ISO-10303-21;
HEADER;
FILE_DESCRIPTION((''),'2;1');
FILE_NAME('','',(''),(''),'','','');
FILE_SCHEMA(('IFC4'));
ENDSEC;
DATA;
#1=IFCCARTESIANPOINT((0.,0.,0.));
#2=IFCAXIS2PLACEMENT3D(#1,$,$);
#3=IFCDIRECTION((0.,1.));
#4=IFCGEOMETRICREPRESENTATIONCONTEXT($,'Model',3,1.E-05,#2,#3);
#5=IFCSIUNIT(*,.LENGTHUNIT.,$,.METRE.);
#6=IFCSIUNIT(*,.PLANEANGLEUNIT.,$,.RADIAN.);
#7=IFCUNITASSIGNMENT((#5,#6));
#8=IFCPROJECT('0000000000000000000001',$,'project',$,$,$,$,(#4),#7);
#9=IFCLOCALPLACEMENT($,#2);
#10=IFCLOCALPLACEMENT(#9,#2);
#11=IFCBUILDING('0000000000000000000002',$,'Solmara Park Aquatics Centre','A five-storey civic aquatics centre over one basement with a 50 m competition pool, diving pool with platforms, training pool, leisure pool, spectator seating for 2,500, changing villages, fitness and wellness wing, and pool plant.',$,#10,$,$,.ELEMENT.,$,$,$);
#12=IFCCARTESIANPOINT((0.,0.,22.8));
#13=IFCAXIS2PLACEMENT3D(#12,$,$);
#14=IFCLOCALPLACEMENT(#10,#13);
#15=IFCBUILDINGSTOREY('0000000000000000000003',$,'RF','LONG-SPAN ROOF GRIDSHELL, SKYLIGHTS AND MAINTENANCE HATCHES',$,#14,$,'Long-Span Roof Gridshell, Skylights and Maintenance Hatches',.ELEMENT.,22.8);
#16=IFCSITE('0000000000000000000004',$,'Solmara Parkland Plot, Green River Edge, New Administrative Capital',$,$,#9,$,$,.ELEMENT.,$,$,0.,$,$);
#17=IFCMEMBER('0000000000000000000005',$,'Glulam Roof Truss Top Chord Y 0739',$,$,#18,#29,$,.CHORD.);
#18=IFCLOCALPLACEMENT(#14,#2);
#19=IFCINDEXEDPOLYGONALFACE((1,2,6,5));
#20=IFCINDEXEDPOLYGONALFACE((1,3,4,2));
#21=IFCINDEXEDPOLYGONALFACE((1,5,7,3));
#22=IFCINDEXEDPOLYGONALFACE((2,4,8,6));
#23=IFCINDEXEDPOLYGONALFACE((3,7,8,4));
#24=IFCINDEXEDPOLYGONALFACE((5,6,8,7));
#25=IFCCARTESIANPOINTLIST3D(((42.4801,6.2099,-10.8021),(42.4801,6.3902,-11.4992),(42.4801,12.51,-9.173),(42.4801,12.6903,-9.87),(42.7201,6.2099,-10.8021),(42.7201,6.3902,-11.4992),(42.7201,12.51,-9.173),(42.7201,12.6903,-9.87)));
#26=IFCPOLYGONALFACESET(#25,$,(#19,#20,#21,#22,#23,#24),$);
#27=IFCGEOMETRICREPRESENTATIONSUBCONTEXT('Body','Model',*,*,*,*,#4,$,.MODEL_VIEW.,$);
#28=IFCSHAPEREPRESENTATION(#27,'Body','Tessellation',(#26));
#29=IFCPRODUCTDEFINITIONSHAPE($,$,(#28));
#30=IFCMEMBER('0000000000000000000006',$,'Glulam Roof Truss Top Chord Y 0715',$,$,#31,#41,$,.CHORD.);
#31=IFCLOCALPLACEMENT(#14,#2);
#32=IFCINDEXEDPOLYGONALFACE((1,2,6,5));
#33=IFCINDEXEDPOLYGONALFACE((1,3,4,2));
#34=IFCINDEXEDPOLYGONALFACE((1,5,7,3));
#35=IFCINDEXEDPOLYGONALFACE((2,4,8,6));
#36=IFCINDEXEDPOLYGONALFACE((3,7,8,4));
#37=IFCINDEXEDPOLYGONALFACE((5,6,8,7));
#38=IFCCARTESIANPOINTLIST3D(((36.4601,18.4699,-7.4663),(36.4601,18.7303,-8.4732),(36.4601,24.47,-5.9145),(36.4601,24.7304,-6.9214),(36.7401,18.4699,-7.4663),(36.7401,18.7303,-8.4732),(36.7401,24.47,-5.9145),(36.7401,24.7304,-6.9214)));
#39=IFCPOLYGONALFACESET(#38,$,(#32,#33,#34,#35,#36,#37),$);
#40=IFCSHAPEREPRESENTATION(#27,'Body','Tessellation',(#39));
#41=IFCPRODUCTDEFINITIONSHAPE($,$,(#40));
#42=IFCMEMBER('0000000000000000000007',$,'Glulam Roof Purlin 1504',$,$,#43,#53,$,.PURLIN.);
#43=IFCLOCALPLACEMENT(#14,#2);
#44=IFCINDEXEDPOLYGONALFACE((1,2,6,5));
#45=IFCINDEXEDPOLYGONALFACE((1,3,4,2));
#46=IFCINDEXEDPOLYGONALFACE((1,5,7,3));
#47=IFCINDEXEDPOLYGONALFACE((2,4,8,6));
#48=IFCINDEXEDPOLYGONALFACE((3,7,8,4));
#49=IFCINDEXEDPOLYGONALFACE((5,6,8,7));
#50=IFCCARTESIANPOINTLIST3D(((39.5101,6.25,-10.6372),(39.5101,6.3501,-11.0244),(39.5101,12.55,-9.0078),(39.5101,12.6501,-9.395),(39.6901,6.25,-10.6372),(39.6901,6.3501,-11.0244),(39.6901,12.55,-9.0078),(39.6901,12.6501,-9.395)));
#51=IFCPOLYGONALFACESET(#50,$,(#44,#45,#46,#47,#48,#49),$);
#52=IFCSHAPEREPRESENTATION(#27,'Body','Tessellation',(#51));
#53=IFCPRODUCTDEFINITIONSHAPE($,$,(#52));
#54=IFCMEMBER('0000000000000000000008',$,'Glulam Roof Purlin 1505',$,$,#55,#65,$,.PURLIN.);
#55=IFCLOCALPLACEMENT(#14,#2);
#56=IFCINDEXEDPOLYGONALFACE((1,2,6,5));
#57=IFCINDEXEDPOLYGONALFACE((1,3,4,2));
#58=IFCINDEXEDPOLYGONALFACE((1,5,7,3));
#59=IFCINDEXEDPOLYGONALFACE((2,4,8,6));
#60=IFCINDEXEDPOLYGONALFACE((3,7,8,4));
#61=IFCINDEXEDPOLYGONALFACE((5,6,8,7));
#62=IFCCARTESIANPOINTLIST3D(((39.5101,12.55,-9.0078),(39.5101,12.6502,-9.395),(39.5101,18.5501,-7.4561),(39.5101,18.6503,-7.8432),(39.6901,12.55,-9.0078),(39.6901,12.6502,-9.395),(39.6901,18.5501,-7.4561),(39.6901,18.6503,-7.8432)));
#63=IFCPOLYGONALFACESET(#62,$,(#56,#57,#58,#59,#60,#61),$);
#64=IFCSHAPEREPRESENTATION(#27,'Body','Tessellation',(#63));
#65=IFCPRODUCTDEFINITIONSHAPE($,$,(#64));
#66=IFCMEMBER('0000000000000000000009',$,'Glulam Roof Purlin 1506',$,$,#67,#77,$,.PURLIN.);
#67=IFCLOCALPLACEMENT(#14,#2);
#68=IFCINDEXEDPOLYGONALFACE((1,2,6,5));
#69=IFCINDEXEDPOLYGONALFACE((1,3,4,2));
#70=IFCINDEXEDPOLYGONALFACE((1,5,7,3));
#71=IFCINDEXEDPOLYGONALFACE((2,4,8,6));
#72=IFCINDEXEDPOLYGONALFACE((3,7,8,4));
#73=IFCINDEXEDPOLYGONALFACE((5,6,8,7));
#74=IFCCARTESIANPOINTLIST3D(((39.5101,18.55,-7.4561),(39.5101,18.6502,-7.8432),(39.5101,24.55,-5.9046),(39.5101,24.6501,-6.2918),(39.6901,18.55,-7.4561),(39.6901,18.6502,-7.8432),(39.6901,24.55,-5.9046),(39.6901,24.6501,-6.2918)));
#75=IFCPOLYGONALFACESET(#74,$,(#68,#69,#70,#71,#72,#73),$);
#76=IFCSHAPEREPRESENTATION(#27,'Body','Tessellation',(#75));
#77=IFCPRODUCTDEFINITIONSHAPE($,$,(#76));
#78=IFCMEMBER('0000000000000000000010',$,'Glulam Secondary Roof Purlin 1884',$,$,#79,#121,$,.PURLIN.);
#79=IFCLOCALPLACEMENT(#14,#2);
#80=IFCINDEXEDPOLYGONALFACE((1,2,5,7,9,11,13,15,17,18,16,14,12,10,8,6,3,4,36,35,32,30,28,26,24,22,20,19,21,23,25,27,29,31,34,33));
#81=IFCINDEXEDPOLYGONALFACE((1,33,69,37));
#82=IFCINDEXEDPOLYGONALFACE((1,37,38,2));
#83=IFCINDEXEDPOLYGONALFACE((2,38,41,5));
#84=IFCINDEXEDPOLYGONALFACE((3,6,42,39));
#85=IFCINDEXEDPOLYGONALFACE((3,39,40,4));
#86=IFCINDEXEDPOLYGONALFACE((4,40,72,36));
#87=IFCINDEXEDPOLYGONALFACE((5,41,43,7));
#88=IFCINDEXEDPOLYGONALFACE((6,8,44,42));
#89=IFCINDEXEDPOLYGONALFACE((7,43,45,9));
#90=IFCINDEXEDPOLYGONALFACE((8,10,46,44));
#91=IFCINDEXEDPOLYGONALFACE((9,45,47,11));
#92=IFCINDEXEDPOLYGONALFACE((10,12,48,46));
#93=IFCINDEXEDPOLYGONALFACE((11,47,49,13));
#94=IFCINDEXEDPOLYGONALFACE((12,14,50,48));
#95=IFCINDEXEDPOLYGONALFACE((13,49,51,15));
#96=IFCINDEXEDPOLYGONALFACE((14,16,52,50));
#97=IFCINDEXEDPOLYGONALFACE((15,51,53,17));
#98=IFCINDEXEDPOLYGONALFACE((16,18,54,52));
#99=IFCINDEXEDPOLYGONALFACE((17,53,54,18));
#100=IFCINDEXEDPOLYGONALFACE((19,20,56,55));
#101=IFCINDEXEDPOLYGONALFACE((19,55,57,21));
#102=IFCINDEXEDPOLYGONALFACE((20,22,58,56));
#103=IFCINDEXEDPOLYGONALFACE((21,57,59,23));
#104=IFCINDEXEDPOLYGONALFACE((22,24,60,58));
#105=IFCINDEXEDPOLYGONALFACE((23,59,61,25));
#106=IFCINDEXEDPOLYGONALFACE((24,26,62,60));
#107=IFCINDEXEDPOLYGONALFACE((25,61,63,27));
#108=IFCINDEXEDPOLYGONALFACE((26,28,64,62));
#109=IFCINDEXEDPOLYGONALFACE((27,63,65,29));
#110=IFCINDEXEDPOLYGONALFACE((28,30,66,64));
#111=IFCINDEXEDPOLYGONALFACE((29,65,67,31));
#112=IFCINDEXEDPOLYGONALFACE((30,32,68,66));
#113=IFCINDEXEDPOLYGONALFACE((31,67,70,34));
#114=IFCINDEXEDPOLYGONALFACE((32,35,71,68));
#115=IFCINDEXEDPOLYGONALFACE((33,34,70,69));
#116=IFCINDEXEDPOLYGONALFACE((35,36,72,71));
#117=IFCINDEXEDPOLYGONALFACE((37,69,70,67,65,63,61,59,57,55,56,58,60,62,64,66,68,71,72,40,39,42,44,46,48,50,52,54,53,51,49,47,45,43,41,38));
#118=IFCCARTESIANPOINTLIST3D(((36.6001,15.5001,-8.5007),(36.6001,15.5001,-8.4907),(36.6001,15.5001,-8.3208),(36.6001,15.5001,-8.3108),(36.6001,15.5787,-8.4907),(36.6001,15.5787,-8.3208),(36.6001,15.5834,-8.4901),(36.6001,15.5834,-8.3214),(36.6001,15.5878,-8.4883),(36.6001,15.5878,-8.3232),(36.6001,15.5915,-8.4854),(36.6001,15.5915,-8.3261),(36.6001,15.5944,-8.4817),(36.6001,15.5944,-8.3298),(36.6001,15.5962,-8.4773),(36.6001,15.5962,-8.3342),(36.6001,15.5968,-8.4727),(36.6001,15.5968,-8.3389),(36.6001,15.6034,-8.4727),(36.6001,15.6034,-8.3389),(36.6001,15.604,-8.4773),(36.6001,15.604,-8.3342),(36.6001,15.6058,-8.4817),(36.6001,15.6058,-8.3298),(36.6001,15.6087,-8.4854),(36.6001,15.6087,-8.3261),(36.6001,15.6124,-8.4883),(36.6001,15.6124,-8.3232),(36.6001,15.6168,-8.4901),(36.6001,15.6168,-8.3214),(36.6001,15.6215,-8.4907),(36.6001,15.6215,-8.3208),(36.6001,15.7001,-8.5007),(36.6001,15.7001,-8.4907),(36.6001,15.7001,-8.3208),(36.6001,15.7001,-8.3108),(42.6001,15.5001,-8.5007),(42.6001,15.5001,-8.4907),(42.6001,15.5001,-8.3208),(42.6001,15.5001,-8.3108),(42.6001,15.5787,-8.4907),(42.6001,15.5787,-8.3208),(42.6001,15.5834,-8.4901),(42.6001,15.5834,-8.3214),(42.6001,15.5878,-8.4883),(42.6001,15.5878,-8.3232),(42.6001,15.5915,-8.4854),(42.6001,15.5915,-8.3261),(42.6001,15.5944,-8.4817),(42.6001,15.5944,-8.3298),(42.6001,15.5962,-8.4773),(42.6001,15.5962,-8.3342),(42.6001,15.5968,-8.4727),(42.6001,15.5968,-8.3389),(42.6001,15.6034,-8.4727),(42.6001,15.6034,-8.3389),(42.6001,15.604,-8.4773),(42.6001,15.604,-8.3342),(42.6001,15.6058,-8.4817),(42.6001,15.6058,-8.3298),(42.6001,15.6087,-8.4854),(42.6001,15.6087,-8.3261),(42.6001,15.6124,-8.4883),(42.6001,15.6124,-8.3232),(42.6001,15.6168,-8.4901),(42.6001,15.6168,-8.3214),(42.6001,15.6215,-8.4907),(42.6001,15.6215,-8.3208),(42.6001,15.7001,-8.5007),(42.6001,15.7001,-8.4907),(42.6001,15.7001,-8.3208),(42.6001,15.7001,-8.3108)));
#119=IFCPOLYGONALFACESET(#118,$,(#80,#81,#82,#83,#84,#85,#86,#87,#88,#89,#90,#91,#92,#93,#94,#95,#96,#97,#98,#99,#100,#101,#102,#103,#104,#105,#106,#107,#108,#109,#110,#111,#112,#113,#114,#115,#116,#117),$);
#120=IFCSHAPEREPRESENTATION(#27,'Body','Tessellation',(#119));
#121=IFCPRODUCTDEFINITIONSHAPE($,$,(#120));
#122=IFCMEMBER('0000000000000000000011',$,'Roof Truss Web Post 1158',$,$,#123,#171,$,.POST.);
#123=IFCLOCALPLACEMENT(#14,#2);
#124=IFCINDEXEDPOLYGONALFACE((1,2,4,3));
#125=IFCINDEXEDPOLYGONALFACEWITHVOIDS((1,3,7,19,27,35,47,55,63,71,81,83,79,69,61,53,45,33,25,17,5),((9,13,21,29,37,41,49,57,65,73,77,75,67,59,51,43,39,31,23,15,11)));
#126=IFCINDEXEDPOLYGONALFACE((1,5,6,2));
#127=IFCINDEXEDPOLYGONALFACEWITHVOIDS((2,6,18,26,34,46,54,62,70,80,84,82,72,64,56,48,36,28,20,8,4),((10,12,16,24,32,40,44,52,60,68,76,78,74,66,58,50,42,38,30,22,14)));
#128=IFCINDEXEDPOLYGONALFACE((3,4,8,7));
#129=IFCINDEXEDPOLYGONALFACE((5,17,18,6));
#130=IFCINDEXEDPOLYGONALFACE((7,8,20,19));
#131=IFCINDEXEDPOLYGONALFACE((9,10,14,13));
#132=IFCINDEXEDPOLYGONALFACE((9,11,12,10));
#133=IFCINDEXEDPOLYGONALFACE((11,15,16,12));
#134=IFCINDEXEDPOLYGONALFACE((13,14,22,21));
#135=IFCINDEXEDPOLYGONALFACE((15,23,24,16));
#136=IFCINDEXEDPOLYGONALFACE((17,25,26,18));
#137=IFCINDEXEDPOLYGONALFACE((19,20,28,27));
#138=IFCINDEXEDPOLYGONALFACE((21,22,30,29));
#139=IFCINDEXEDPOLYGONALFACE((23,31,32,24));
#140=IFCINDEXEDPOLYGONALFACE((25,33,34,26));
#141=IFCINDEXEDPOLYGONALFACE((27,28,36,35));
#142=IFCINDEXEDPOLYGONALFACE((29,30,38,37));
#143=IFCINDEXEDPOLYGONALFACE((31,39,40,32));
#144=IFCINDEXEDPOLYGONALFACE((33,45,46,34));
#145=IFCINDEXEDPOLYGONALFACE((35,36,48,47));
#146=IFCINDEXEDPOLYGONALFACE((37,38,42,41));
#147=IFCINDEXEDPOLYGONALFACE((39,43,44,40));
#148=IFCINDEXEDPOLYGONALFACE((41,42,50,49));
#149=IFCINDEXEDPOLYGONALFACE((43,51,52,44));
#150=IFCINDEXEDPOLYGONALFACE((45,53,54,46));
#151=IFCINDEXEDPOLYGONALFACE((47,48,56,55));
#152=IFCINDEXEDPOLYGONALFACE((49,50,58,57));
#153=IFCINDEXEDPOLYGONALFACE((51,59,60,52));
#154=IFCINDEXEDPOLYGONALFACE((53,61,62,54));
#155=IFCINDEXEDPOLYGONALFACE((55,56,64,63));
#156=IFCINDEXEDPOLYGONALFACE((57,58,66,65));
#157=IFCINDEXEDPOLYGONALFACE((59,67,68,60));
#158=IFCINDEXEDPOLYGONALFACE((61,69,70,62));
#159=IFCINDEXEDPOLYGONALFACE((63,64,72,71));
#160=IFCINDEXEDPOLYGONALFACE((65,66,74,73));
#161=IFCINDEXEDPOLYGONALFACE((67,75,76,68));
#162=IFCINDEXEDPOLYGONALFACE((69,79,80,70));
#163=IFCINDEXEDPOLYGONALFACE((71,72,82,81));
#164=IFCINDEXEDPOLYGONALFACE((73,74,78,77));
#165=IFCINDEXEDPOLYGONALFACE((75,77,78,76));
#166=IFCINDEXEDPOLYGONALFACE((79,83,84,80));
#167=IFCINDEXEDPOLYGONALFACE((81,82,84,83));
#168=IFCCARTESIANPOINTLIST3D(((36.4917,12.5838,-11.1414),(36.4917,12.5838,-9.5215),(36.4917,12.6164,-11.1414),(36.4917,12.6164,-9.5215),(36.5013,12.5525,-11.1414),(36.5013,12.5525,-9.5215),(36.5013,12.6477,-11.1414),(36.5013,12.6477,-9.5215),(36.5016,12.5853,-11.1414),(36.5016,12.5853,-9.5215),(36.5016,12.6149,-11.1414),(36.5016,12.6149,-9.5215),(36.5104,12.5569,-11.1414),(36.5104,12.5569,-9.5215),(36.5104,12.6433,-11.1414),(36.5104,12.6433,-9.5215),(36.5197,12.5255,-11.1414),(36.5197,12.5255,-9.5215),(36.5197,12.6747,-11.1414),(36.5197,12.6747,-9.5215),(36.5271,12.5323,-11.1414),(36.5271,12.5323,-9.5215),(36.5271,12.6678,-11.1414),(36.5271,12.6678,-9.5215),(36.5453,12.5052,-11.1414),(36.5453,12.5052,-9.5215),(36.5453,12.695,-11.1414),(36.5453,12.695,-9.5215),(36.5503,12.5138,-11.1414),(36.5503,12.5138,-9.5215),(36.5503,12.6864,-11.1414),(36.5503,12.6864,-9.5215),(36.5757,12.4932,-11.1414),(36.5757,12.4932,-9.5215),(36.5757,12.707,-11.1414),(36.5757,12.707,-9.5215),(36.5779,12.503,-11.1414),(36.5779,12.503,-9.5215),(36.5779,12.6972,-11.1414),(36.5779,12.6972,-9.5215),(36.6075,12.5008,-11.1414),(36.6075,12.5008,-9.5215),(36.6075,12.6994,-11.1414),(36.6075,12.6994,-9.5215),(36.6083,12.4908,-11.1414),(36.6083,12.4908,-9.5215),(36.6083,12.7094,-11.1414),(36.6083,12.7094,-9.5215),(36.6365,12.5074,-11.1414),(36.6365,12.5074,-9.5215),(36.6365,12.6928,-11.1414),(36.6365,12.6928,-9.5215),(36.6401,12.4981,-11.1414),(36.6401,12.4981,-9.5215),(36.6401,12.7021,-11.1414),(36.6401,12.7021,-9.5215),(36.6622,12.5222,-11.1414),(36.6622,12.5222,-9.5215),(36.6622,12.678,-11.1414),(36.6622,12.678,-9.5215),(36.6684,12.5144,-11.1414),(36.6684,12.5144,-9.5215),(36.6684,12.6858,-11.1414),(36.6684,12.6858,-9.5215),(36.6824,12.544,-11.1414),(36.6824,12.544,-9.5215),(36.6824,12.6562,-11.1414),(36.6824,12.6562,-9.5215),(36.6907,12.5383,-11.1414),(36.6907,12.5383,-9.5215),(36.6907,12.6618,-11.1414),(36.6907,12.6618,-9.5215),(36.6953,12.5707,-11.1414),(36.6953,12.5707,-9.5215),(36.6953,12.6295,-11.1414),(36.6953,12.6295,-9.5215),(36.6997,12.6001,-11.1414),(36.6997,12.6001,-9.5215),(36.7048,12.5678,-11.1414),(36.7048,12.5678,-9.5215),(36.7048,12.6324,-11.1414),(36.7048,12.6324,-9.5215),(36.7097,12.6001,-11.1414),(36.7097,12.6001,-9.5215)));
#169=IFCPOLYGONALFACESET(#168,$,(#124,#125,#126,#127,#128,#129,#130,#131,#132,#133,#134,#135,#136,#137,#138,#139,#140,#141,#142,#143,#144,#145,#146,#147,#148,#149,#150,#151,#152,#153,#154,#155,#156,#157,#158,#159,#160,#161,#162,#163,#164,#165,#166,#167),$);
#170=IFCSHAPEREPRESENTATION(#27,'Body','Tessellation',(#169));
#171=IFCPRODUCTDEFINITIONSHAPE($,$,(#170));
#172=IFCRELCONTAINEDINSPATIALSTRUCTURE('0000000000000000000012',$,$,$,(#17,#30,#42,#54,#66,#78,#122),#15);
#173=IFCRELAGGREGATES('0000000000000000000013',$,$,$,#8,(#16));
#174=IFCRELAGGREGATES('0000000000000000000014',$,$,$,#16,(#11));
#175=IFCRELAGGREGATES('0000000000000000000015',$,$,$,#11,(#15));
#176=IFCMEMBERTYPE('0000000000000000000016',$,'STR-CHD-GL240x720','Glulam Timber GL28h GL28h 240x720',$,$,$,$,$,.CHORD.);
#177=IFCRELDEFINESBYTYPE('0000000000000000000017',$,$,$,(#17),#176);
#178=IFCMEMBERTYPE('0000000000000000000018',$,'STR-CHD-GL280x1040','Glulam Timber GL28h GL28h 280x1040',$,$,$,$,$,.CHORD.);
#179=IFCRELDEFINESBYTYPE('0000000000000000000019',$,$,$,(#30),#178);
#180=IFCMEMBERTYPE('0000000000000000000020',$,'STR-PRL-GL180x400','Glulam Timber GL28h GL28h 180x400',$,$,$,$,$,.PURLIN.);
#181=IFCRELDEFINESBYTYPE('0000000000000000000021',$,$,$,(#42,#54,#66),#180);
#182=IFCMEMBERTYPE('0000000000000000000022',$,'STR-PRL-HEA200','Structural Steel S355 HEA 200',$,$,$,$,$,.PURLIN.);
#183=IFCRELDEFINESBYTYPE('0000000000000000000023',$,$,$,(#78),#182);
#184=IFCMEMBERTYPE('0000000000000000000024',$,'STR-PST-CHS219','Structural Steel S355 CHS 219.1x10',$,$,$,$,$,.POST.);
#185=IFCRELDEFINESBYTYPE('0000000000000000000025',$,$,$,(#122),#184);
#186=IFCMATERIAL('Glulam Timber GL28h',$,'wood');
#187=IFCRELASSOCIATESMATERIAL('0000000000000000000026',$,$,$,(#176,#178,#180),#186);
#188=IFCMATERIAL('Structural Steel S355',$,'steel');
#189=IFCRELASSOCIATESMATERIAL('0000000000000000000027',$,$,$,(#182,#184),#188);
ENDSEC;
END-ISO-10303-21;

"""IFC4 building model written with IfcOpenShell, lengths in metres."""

from ifc_helpers import new_model, si_unit, direction, frame, origin, origin_2d, place, context, subcontext, project, spatial, rectangle, hollow_circle, i_section, extrude, material, material_profile, profile_set, type_object, element, save


model = new_model("IFC4")

# Units and contexts
model_context = context("Model", 3, precision=1e-05, world=origin(), true_north=direction((0.0, 1.0)))
body_context = subcontext(model_context, "Body", "Model", "MODEL_VIEW")
ifc_project = project(units=[si_unit("LENGTHUNIT", "METRE"), si_unit("PLANEANGLEUNIT", "RADIAN")], contexts=[model_context])

# Site, building, storey
site_placement = place(None, origin())
site = spatial("IfcSite", under=ifc_project, at=site_placement, Name="Solmara Parkland Plot, Green River Edge, New Administrative Capital", CompositionType="ELEMENT", RefElevation=0.0)
building_placement = place(site_placement, origin())
building = spatial("IfcBuilding", under=site, at=building_placement, Name="Solmara Park Aquatics Centre", Description="A five-storey civic aquatics centre over one basement with a 50 m competition pool, diving pool with platforms, training pool, leisure pool, spectator seating for 2,500, changing villages, fitness and wellness wing, and pool plant.", CompositionType="ELEMENT")
storey_placement = place(building_placement, frame((0.0, 0.0, 22.8)))
storey = spatial("IfcBuildingStorey", under=building, at=storey_placement, Name="RF", Description="LONG-SPAN ROOF GRIDSHELL, SKYLIGHTS AND MAINTENANCE HATCHES", LongName="Long-Span Roof Gridshell, Skylights and Maintenance Hatches", CompositionType="ELEMENT", Elevation=22.8)

# Members
ifc_material_1 = material(Name="Structural Steel S355", Category="steel")
ifc_material_2 = material(Name="Glulam Timber GL28h", Category="wood")
ifc_material_profile_1 = material_profile(ifc_material_2, rectangle(XDim=0.24, YDim=0.72, at=origin_2d()), Name="GL28h 240x720")
ifc_profile_set_1 = profile_set([ifc_material_profile_1], Name="Glulam Timber GL28h")
member_type_1 = type_object("IfcMemberType", Name="STR-CHD-GL240x720", Description="Glulam Timber GL28h GL28h 240x720", PredefinedType="CHORD", material=ifc_profile_set_1)
member_1_placement = place(storey_placement, frame((42.6001, 6.3, -11.1506), z_axis=(0.0, 0.968153, 0.250358), x_axis=(-1.0, 0.0, 0.0)))
element("IfcMember", 1, at=member_1_placement, inside=storey, type_object=member_type_1, Name="Glulam Roof Truss Top Chord Y 0739", PredefinedType="CHORD", context=body_context, shape_type="SweptSolid", body=[
    extrude(rectangle(XDim=0.24, YDim=0.72, at=origin_2d()), origin(), (0.0, 0.0, 1.0), 6.5073),
])
ifc_material_profile_2 = material_profile(ifc_material_2, rectangle(XDim=0.28, YDim=1.04, at=origin_2d()), Name="GL28h 280x1040")
ifc_profile_set_2 = profile_set([ifc_material_profile_2], Name="Glulam Timber GL28h")
member_type_2 = type_object("IfcMemberType", Name="STR-CHD-GL280x1040", Description="Glulam Timber GL28h GL28h 280x1040", PredefinedType="CHORD", material=ifc_profile_set_2)
member_2_placement = place(storey_placement, frame((36.6001, 18.6001, -7.9697), z_axis=(0.0, 0.968146, 0.250388), x_axis=(-1.0, 0.0, 0.0)))
element("IfcMember", 2, at=member_2_placement, inside=storey, type_object=member_type_2, Name="Glulam Roof Truss Top Chord Y 0715", PredefinedType="CHORD", context=body_context, shape_type="SweptSolid", body=[
    extrude(rectangle(XDim=0.28, YDim=1.04, at=origin_2d()), origin(), (0.0, 0.0, 1.0), 6.1975),
])
ifc_material_profile_3 = material_profile(ifc_material_2, rectangle(XDim=0.1799, YDim=0.3999, at=origin_2d()), Name="GL28h 180x400")
ifc_profile_set_3 = profile_set([ifc_material_profile_3], Name="Glulam Timber GL28h")
member_type_3 = type_object("IfcMemberType", Name="STR-PRL-GL180x400", Description="Glulam Timber GL28h GL28h 180x400", PredefinedType="PURLIN", material=ifc_profile_set_3)
member_3_placement = place(storey_placement, frame((39.6001, 6.3, -10.8308), z_axis=(0.0, 0.968144, 0.250393), x_axis=(-1.0, 0.0, 0.0)))
element("IfcMember", 3, at=member_3_placement, inside=storey, type_object=member_type_3, Name="Glulam Roof Purlin 1504", PredefinedType="PURLIN", context=body_context, shape_type="SweptSolid", body=[
    extrude(rectangle(XDim=0.1799, YDim=0.3999, at=origin_2d()), origin(), (0.0, 0.0, 1.0), 6.5073),
])
member_4_placement = place(storey_placement, frame((39.6001, 12.6001, -9.2014), z_axis=(0.0, 0.968146, 0.250388), x_axis=(-1.0, 0.0, 0.0)))
element("IfcMember", 4, at=member_4_placement, inside=storey, type_object=member_type_3, Name="Glulam Roof Purlin 1505", PredefinedType="PURLIN", context=body_context, shape_type="SweptSolid", body=[
    extrude(rectangle(XDim=0.1799, YDim=0.3999, at=origin_2d()), origin(), (0.0, 0.0, 1.0), 6.1975),
])
member_5_placement = place(storey_placement, frame((39.6001, 18.6001, -7.6497), z_axis=(0.0, 0.968155, 0.250351), x_axis=(-1.0, 0.0, 0.0)))
element("IfcMember", 5, at=member_5_placement, inside=storey, type_object=member_type_3, Name="Glulam Roof Purlin 1506", PredefinedType="PURLIN", context=body_context, shape_type="SweptSolid", body=[
    extrude(rectangle(XDim=0.1799, YDim=0.3999, at=origin_2d()), origin(), (0.0, 0.0, 1.0), 6.1973),
])
ifc_material_profile_4 = material_profile(ifc_material_1, i_section(OverallWidth=0.2, OverallDepth=0.1899, WebThickness=0.0066, FlangeThickness=0.01, FilletRadius=0.0181, at=origin_2d()), Name="HEA 200")
ifc_profile_set_4 = profile_set([ifc_material_profile_4], Name="Structural Steel S355")
member_type_4 = type_object("IfcMemberType", Name="STR-PRL-HEA200", Description="Structural Steel S355 HEA 200", PredefinedType="PURLIN", material=ifc_profile_set_4)
member_6_placement = place(storey_placement, frame((36.6001, 15.6001, -8.4058), z_axis=(1.0, 0.0, 0.0), x_axis=(0.0, 1.0, 0.0)))
element("IfcMember", 6, at=member_6_placement, inside=storey, type_object=member_type_4, Name="Glulam Secondary Roof Purlin 1884", PredefinedType="PURLIN", context=body_context, shape_type="SweptSolid", body=[
    extrude(i_section(OverallWidth=0.2, OverallDepth=0.1899, WebThickness=0.0066, FlangeThickness=0.01, FilletRadius=0.0181, at=origin_2d()), origin(), (0.0, 0.0, 1.0), 6.0),
])
ifc_material_profile_5 = material_profile(ifc_material_1, hollow_circle(Radius=0.1096, WallThickness=0.01, at=origin_2d()), Name="CHS 219.1x10")
ifc_profile_set_5 = profile_set([ifc_material_profile_5], Name="Structural Steel S355")
member_type_5 = type_object("IfcMemberType", Name="STR-PST-CHS219", Description="Structural Steel S355 CHS 219.1x10", PredefinedType="POST", material=ifc_profile_set_5)
member_7_placement = place(storey_placement, frame((36.6001, 12.6001, -11.1414), z_axis=(0.0, 0.0, 1.0), x_axis=(1.0, 0.0, 0.0)))
element("IfcMember", 7, at=member_7_placement, inside=storey, type_object=member_type_5, Name="Roof Truss Web Post 1158", PredefinedType="POST", context=body_context, shape_type="SweptSolid", body=[
    extrude(hollow_circle(Radius=0.1096, WallThickness=0.01, at=origin_2d()), origin(), (0.0, 0.0, 1.0), 1.6199),
])

save(model, "model.ifc")
